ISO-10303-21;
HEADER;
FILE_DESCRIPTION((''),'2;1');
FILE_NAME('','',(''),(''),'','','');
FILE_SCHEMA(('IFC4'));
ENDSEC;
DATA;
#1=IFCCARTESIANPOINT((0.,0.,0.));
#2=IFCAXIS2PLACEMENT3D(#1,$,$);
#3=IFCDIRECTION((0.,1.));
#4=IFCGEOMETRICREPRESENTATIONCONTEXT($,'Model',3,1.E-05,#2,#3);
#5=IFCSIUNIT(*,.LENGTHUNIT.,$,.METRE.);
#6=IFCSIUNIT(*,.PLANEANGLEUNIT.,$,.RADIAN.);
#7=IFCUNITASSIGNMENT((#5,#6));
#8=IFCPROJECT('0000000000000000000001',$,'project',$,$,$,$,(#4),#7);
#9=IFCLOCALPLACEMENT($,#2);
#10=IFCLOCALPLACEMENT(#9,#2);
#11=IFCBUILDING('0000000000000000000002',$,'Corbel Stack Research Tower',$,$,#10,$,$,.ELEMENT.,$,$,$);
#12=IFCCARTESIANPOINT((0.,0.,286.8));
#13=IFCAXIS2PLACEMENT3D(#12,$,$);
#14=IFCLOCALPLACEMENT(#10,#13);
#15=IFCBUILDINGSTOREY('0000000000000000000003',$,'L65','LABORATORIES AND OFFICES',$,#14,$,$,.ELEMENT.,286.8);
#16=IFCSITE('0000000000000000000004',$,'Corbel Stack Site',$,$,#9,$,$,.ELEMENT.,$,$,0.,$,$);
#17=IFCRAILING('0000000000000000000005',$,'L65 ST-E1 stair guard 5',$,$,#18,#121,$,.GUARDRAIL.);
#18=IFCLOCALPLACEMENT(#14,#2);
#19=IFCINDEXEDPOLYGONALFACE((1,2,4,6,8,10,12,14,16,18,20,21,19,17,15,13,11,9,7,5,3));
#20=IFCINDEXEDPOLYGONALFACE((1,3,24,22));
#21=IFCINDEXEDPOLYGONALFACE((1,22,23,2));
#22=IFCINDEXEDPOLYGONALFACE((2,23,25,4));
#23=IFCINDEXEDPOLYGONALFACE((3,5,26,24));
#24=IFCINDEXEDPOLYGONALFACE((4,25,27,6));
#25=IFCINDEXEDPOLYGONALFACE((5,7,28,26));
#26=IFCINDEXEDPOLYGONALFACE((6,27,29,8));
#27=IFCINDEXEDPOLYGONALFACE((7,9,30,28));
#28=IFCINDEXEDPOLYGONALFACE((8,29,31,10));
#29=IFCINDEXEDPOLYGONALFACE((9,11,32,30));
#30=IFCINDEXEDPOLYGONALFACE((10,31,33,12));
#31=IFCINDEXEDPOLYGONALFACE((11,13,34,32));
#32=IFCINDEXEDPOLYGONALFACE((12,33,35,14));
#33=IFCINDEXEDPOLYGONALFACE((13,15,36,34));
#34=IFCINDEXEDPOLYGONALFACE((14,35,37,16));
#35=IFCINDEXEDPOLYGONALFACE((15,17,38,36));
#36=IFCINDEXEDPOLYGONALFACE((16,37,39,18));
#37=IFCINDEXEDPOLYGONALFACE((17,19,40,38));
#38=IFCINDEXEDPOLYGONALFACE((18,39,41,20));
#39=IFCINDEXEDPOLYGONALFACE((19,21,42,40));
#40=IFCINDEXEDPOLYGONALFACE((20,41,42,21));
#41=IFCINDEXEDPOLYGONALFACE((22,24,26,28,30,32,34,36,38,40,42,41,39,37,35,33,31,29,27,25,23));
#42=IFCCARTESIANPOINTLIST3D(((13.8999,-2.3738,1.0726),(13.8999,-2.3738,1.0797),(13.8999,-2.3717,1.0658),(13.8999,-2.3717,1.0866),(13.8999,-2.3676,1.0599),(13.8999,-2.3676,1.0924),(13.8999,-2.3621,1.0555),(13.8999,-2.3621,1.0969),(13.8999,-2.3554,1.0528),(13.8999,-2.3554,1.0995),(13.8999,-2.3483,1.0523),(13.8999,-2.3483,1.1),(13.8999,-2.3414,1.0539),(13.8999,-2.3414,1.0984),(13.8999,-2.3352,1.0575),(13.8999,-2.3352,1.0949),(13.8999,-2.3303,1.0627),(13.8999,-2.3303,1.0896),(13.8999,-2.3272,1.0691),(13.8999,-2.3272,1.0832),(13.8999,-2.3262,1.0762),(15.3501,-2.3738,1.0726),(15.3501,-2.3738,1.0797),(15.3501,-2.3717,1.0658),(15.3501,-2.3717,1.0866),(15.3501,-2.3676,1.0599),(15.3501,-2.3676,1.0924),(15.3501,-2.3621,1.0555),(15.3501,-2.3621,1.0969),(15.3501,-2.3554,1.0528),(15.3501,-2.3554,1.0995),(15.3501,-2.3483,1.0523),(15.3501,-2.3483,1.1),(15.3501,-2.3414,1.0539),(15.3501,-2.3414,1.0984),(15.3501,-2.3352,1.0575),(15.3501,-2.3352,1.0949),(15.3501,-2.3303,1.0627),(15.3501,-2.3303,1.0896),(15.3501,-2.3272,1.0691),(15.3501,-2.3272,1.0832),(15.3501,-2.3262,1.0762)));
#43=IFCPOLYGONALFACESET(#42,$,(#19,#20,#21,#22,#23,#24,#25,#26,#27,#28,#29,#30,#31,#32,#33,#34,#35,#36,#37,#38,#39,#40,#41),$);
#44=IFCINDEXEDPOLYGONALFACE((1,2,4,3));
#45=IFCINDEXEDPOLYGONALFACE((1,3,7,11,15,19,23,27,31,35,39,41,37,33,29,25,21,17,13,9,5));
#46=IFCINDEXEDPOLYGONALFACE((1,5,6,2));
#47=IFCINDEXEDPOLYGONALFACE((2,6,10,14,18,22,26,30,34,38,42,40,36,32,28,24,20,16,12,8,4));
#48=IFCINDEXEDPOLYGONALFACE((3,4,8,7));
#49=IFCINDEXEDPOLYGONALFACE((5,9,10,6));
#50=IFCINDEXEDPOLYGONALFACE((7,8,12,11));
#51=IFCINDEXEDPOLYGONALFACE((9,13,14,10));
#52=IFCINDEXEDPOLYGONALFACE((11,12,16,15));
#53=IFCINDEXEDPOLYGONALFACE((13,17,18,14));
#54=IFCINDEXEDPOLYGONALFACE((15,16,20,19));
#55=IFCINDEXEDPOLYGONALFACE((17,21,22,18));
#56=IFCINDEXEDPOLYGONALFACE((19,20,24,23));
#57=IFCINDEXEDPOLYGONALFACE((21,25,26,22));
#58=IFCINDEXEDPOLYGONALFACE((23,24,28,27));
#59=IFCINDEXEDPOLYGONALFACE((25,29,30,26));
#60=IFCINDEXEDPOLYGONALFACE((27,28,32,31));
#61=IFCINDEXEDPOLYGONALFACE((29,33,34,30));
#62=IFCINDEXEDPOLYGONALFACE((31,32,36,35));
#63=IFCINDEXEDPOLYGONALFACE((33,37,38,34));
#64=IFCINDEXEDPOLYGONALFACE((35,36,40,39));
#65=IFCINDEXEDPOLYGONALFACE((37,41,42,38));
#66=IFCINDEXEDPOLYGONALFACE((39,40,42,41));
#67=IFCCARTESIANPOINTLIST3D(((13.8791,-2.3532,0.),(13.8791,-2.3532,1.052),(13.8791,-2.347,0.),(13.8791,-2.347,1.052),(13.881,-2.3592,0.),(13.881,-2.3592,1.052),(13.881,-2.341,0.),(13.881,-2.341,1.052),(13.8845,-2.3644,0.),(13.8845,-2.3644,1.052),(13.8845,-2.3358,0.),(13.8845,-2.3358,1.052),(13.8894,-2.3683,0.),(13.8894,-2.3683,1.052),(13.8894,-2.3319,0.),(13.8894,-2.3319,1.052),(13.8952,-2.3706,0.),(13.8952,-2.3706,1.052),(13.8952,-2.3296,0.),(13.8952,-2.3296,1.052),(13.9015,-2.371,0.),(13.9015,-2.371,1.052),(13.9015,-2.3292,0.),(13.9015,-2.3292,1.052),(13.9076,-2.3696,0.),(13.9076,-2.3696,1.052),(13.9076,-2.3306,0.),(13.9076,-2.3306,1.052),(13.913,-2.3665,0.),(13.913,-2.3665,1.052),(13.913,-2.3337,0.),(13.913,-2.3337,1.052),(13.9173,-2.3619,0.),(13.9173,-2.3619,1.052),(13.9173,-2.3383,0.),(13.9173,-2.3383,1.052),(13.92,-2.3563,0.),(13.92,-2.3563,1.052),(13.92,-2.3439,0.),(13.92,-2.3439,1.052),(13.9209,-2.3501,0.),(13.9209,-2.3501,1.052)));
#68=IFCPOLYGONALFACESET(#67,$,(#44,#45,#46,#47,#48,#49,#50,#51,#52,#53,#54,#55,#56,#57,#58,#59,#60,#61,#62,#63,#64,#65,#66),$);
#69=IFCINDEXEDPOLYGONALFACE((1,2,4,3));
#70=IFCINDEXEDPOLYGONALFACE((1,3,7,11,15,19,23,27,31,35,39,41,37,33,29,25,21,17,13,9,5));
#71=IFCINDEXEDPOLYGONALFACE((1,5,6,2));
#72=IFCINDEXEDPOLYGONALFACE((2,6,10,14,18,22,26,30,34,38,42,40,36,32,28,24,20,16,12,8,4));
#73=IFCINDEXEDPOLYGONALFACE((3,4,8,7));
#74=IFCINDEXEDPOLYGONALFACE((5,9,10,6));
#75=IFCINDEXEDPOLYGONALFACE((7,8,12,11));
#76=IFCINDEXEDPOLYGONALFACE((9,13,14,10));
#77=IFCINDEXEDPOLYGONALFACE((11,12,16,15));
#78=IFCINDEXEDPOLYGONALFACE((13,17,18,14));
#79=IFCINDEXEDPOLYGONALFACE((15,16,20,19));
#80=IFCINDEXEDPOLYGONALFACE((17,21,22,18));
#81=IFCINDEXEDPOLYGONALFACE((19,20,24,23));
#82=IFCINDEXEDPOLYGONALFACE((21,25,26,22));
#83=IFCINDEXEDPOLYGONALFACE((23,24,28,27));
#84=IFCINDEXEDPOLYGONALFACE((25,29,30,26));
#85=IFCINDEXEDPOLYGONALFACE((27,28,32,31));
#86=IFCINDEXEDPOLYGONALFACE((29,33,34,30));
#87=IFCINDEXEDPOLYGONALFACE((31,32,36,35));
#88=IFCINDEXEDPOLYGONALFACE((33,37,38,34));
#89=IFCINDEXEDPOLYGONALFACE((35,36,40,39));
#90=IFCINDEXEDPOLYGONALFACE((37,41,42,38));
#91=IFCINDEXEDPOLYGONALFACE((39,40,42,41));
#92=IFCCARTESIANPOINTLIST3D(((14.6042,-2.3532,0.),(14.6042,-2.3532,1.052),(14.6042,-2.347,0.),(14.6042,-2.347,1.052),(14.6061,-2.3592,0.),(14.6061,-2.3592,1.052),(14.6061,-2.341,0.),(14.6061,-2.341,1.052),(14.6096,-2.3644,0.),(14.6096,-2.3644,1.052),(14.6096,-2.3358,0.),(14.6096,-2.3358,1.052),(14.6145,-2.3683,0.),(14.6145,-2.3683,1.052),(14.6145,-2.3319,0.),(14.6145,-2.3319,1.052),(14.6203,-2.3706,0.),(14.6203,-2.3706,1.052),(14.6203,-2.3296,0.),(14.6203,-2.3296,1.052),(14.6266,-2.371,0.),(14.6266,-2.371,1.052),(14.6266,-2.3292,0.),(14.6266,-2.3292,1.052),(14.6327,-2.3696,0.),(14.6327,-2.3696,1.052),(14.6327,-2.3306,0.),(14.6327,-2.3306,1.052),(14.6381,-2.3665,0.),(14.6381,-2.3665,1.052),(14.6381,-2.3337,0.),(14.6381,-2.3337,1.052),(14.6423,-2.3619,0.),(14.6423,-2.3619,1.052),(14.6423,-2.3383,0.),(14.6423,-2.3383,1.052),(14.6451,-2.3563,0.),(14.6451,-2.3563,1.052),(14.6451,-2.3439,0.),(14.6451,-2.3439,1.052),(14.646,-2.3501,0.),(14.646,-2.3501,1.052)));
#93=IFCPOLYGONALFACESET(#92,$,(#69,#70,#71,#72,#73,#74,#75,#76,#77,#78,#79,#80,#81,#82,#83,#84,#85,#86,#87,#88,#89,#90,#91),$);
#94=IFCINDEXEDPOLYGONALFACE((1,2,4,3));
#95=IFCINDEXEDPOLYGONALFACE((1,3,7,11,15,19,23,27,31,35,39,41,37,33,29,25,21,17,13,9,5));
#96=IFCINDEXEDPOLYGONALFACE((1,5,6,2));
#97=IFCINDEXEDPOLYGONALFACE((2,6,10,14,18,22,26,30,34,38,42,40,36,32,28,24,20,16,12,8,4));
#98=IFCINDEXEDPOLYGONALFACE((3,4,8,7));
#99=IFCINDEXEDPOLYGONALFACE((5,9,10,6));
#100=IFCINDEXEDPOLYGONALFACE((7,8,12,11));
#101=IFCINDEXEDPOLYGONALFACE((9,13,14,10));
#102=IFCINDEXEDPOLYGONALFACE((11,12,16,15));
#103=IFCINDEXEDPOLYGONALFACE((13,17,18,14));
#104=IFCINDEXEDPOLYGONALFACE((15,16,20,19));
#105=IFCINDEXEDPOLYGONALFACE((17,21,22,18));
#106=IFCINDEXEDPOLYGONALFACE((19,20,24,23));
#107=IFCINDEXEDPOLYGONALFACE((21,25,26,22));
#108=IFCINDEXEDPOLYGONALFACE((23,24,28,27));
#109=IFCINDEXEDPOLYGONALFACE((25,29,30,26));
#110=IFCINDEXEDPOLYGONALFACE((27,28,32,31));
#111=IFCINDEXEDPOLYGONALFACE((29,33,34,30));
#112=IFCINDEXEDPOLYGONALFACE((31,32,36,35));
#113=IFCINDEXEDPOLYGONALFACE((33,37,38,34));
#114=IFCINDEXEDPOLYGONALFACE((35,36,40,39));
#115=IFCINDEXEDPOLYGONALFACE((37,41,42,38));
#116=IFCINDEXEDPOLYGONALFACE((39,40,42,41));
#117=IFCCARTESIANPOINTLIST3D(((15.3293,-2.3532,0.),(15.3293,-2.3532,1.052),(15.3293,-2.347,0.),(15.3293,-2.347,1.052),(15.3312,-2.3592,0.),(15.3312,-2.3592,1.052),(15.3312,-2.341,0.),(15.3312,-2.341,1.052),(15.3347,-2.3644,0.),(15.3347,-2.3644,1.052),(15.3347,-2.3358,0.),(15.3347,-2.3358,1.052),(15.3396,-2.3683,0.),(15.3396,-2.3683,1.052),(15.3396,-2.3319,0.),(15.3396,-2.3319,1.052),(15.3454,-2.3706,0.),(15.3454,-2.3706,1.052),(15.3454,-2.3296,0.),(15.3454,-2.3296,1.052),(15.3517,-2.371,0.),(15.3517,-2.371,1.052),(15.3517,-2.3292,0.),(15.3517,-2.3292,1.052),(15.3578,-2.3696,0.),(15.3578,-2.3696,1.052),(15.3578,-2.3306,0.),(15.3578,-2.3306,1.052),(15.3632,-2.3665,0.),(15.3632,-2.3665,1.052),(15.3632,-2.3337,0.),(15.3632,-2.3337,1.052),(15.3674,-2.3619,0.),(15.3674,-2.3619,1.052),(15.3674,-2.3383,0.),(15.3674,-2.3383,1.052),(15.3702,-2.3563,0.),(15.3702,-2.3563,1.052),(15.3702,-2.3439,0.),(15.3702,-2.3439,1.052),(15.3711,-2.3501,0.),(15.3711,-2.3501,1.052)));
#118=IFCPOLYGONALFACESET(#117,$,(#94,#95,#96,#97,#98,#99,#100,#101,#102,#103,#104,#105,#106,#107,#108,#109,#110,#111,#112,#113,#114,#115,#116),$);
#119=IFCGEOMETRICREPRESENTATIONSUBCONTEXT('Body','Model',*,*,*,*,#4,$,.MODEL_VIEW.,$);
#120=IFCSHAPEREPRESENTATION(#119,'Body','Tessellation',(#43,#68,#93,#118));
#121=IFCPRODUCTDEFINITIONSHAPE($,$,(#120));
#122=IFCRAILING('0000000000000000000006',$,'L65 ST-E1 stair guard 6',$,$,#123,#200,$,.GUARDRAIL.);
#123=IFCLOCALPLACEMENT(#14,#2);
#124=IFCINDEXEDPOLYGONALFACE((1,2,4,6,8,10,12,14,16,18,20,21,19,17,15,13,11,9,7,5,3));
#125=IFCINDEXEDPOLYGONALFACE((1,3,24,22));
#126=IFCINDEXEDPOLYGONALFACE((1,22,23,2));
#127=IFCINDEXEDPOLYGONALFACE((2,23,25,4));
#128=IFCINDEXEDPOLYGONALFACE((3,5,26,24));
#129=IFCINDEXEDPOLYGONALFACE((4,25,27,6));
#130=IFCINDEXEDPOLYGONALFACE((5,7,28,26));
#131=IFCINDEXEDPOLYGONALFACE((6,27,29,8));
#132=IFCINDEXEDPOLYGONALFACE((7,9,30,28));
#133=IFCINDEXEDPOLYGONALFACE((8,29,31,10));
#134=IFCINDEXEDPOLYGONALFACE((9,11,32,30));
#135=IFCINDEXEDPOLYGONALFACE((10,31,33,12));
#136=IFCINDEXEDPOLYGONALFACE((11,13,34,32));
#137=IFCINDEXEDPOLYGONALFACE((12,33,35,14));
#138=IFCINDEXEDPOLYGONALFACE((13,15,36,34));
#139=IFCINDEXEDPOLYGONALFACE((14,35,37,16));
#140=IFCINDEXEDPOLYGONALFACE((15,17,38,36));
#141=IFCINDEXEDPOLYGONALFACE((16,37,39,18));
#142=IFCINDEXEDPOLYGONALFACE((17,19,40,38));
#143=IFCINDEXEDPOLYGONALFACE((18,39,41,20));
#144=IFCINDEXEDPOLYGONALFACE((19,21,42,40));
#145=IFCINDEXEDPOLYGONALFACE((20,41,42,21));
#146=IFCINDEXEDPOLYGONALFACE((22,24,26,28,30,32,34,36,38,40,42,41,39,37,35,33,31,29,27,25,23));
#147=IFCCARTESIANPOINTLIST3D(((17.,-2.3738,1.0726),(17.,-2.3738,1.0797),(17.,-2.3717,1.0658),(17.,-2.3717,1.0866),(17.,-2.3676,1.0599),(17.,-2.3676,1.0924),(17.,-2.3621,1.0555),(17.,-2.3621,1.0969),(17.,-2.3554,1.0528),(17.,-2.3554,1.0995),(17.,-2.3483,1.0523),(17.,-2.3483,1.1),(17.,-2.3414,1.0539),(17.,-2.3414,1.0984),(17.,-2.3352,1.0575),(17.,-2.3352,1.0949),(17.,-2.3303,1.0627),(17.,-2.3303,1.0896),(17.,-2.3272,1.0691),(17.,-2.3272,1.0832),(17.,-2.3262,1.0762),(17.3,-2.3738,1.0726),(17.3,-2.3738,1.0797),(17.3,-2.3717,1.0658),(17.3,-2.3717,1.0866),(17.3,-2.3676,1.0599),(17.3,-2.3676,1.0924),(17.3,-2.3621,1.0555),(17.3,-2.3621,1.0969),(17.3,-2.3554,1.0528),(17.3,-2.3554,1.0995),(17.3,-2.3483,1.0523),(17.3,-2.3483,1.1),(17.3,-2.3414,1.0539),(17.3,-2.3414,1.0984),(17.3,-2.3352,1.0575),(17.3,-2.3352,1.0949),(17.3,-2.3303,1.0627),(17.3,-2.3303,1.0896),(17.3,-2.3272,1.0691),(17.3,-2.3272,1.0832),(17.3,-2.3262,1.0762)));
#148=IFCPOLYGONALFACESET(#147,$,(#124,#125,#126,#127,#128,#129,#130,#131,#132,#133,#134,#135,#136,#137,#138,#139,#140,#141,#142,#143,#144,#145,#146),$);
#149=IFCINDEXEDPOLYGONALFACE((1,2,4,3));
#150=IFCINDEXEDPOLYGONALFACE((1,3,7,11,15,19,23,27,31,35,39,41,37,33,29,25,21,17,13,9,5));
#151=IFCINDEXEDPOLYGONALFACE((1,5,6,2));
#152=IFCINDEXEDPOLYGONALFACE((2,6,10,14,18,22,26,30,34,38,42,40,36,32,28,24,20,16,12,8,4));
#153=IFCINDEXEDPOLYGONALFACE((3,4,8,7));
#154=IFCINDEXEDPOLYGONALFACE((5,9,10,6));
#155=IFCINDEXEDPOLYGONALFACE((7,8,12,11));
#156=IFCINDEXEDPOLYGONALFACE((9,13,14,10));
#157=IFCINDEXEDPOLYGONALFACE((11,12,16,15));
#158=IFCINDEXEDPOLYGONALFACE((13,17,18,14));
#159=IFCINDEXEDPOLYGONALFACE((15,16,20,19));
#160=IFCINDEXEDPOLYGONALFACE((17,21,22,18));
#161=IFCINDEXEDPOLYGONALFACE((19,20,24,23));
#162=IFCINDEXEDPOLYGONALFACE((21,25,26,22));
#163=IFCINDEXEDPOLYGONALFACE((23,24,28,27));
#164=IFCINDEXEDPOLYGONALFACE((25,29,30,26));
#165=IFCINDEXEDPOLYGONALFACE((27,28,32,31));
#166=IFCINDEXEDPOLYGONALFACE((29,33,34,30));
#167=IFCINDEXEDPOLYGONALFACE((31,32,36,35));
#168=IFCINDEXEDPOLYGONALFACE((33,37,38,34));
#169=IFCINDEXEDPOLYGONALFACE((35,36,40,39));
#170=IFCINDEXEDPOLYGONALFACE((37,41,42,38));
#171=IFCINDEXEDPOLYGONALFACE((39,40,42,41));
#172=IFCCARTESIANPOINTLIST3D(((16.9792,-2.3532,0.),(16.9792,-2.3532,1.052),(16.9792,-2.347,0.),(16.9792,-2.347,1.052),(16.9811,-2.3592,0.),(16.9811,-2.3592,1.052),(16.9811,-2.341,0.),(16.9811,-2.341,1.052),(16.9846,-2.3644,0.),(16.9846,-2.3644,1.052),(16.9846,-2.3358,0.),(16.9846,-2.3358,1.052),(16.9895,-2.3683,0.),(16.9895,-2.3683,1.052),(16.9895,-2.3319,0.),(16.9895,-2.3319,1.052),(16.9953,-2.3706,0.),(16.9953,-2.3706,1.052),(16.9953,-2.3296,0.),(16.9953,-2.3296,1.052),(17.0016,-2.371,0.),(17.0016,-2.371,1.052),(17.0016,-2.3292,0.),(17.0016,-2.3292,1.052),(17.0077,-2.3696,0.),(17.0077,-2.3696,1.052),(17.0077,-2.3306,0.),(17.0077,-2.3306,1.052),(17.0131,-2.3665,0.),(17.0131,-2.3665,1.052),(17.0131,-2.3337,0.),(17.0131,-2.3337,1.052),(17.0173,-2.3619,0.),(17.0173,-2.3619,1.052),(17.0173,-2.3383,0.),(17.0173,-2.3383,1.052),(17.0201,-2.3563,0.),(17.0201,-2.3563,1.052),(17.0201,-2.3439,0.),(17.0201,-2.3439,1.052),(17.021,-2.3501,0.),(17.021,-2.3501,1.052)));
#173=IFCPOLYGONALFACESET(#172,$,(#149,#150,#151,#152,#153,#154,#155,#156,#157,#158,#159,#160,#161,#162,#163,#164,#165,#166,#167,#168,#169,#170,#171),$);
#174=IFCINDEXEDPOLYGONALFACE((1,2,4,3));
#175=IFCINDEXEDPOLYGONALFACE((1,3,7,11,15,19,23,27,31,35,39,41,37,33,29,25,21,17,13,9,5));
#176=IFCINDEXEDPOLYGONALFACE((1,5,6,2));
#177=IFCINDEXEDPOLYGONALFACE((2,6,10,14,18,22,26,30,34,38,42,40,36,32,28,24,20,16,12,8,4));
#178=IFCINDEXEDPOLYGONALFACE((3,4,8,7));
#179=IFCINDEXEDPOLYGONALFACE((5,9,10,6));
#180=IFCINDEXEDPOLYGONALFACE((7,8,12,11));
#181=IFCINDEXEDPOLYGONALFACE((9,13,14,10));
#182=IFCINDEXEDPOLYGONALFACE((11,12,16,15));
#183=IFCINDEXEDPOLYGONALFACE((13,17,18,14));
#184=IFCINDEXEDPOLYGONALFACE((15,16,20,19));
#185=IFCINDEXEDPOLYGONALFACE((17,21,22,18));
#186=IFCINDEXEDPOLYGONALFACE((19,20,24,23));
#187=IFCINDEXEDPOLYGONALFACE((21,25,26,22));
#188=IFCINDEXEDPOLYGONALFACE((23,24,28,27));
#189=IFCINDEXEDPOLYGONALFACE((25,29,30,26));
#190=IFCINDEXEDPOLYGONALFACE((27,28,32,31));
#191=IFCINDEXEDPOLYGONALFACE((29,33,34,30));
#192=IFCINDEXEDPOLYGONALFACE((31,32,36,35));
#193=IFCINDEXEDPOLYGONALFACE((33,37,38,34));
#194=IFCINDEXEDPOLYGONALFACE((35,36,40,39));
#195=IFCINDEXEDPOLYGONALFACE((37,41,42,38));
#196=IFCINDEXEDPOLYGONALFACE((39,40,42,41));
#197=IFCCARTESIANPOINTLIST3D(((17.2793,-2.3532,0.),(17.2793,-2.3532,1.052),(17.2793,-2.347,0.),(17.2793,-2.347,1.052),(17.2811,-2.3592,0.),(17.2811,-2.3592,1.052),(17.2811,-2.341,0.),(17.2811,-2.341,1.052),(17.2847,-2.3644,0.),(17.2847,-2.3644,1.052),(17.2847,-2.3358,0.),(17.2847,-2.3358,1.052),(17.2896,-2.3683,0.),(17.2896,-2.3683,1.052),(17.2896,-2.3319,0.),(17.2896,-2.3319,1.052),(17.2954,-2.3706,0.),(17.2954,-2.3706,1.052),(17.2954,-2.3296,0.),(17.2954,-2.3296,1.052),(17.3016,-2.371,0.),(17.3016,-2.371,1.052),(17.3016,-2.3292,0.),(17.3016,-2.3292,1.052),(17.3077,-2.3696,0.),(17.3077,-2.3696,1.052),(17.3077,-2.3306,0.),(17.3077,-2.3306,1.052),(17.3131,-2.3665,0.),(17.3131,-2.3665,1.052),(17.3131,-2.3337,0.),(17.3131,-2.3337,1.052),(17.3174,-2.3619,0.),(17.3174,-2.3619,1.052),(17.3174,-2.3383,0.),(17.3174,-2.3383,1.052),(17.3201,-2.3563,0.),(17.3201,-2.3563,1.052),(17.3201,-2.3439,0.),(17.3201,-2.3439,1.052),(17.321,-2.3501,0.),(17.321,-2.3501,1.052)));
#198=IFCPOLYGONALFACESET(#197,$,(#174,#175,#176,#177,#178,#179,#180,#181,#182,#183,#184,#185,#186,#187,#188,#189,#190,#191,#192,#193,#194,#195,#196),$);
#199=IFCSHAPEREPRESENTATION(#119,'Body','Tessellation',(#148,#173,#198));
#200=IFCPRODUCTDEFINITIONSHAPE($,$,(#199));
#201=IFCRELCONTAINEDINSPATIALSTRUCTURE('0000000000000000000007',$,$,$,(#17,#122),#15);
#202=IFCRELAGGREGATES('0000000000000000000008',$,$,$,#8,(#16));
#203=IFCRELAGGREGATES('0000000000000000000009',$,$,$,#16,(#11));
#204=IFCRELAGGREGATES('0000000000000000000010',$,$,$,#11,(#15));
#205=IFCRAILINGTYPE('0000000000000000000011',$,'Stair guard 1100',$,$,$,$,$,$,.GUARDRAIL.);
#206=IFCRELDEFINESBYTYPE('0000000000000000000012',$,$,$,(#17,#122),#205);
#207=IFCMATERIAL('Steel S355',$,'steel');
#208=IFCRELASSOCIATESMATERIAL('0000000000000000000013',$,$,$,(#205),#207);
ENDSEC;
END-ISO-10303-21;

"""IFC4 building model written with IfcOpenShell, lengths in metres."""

from ifc_helpers import new_model, si_unit, direction, frame, origin, origin_2d, place, context, subcontext, project, spatial, circle, extrude, material, type_object, element, save


model = new_model("IFC4")

# Units and contexts
model_context = context("Model", 3, precision=1e-05, world=origin(), true_north=direction((0.0, 1.0)))
body_context = subcontext(model_context, "Body", "Model", "MODEL_VIEW")
ifc_project = project(units=[si_unit("LENGTHUNIT", "METRE"), si_unit("PLANEANGLEUNIT", "RADIAN")], contexts=[model_context])

# Site, building, storey
site_placement = place(None, origin())
site = spatial("IfcSite", under=ifc_project, at=site_placement, Name="Corbel Stack Site", CompositionType="ELEMENT", RefElevation=0.0)
building_placement = place(site_placement, origin())
building = spatial("IfcBuilding", under=site, at=building_placement, Name="Corbel Stack Research Tower", CompositionType="ELEMENT")
storey_placement = place(building_placement, frame((0.0, 0.0, 286.8)))
storey = spatial("IfcBuildingStorey", under=building, at=storey_placement, Name="L65", Description="LABORATORIES AND OFFICES", CompositionType="ELEMENT", Elevation=286.8)

# Railings
ifc_material_1 = material(Name="Steel S355", Category="steel")
railing_type_1 = type_object("IfcRailingType", Name="Stair guard 1100", PredefinedType="GUARDRAIL", material=ifc_material_1)
railing_1_placement = place(storey_placement, frame((13.8999, -2.3501, 0.0)))
element("IfcRailing", 1, at=railing_1_placement, inside=storey, type_object=railing_type_1, Name="L65 ST-E1 stair guard 5", PredefinedType="GUARDRAIL", context=body_context, shape_type="SweptSolid", body=[
    extrude(circle(Radius=0.0239, at=origin_2d()), frame((0.0, 0.0, 1.0762), z_axis=(1.0, 0.0, 0.0), x_axis=(0.0, 1.0, 0.0)), (0.0, 0.0, 1.0), 1.4502),
    extrude(circle(Radius=0.021, at=origin_2d()), origin(), (0.0, 0.0, 1.0), 1.052),
    extrude(circle(Radius=0.021, at=origin_2d()), frame((0.7251, 0.0, 0.0)), (0.0, 0.0, 1.0), 1.052),
    extrude(circle(Radius=0.021, at=origin_2d()), frame((1.4502, 0.0, 0.0)), (0.0, 0.0, 1.0), 1.052),
])
railing_2_placement = place(storey_placement, frame((17.0, -2.3501, 0.0)))
element("IfcRailing", 2, at=railing_2_placement, inside=storey, type_object=railing_type_1, Name="L65 ST-E1 stair guard 6", PredefinedType="GUARDRAIL", context=body_context, shape_type="SweptSolid", body=[
    extrude(circle(Radius=0.0239, at=origin_2d()), frame((0.0, 0.0, 1.0762), z_axis=(1.0, 0.0, 0.0), x_axis=(0.0, 1.0, 0.0)), (0.0, 0.0, 1.0), 0.3),
    extrude(circle(Radius=0.021, at=origin_2d()), origin(), (0.0, 0.0, 1.0), 1.052),
    extrude(circle(Radius=0.021, at=origin_2d()), frame((0.3, 0.0, 0.0)), (0.0, 0.0, 1.0), 1.052),
])

save(model, "model.ifc")
